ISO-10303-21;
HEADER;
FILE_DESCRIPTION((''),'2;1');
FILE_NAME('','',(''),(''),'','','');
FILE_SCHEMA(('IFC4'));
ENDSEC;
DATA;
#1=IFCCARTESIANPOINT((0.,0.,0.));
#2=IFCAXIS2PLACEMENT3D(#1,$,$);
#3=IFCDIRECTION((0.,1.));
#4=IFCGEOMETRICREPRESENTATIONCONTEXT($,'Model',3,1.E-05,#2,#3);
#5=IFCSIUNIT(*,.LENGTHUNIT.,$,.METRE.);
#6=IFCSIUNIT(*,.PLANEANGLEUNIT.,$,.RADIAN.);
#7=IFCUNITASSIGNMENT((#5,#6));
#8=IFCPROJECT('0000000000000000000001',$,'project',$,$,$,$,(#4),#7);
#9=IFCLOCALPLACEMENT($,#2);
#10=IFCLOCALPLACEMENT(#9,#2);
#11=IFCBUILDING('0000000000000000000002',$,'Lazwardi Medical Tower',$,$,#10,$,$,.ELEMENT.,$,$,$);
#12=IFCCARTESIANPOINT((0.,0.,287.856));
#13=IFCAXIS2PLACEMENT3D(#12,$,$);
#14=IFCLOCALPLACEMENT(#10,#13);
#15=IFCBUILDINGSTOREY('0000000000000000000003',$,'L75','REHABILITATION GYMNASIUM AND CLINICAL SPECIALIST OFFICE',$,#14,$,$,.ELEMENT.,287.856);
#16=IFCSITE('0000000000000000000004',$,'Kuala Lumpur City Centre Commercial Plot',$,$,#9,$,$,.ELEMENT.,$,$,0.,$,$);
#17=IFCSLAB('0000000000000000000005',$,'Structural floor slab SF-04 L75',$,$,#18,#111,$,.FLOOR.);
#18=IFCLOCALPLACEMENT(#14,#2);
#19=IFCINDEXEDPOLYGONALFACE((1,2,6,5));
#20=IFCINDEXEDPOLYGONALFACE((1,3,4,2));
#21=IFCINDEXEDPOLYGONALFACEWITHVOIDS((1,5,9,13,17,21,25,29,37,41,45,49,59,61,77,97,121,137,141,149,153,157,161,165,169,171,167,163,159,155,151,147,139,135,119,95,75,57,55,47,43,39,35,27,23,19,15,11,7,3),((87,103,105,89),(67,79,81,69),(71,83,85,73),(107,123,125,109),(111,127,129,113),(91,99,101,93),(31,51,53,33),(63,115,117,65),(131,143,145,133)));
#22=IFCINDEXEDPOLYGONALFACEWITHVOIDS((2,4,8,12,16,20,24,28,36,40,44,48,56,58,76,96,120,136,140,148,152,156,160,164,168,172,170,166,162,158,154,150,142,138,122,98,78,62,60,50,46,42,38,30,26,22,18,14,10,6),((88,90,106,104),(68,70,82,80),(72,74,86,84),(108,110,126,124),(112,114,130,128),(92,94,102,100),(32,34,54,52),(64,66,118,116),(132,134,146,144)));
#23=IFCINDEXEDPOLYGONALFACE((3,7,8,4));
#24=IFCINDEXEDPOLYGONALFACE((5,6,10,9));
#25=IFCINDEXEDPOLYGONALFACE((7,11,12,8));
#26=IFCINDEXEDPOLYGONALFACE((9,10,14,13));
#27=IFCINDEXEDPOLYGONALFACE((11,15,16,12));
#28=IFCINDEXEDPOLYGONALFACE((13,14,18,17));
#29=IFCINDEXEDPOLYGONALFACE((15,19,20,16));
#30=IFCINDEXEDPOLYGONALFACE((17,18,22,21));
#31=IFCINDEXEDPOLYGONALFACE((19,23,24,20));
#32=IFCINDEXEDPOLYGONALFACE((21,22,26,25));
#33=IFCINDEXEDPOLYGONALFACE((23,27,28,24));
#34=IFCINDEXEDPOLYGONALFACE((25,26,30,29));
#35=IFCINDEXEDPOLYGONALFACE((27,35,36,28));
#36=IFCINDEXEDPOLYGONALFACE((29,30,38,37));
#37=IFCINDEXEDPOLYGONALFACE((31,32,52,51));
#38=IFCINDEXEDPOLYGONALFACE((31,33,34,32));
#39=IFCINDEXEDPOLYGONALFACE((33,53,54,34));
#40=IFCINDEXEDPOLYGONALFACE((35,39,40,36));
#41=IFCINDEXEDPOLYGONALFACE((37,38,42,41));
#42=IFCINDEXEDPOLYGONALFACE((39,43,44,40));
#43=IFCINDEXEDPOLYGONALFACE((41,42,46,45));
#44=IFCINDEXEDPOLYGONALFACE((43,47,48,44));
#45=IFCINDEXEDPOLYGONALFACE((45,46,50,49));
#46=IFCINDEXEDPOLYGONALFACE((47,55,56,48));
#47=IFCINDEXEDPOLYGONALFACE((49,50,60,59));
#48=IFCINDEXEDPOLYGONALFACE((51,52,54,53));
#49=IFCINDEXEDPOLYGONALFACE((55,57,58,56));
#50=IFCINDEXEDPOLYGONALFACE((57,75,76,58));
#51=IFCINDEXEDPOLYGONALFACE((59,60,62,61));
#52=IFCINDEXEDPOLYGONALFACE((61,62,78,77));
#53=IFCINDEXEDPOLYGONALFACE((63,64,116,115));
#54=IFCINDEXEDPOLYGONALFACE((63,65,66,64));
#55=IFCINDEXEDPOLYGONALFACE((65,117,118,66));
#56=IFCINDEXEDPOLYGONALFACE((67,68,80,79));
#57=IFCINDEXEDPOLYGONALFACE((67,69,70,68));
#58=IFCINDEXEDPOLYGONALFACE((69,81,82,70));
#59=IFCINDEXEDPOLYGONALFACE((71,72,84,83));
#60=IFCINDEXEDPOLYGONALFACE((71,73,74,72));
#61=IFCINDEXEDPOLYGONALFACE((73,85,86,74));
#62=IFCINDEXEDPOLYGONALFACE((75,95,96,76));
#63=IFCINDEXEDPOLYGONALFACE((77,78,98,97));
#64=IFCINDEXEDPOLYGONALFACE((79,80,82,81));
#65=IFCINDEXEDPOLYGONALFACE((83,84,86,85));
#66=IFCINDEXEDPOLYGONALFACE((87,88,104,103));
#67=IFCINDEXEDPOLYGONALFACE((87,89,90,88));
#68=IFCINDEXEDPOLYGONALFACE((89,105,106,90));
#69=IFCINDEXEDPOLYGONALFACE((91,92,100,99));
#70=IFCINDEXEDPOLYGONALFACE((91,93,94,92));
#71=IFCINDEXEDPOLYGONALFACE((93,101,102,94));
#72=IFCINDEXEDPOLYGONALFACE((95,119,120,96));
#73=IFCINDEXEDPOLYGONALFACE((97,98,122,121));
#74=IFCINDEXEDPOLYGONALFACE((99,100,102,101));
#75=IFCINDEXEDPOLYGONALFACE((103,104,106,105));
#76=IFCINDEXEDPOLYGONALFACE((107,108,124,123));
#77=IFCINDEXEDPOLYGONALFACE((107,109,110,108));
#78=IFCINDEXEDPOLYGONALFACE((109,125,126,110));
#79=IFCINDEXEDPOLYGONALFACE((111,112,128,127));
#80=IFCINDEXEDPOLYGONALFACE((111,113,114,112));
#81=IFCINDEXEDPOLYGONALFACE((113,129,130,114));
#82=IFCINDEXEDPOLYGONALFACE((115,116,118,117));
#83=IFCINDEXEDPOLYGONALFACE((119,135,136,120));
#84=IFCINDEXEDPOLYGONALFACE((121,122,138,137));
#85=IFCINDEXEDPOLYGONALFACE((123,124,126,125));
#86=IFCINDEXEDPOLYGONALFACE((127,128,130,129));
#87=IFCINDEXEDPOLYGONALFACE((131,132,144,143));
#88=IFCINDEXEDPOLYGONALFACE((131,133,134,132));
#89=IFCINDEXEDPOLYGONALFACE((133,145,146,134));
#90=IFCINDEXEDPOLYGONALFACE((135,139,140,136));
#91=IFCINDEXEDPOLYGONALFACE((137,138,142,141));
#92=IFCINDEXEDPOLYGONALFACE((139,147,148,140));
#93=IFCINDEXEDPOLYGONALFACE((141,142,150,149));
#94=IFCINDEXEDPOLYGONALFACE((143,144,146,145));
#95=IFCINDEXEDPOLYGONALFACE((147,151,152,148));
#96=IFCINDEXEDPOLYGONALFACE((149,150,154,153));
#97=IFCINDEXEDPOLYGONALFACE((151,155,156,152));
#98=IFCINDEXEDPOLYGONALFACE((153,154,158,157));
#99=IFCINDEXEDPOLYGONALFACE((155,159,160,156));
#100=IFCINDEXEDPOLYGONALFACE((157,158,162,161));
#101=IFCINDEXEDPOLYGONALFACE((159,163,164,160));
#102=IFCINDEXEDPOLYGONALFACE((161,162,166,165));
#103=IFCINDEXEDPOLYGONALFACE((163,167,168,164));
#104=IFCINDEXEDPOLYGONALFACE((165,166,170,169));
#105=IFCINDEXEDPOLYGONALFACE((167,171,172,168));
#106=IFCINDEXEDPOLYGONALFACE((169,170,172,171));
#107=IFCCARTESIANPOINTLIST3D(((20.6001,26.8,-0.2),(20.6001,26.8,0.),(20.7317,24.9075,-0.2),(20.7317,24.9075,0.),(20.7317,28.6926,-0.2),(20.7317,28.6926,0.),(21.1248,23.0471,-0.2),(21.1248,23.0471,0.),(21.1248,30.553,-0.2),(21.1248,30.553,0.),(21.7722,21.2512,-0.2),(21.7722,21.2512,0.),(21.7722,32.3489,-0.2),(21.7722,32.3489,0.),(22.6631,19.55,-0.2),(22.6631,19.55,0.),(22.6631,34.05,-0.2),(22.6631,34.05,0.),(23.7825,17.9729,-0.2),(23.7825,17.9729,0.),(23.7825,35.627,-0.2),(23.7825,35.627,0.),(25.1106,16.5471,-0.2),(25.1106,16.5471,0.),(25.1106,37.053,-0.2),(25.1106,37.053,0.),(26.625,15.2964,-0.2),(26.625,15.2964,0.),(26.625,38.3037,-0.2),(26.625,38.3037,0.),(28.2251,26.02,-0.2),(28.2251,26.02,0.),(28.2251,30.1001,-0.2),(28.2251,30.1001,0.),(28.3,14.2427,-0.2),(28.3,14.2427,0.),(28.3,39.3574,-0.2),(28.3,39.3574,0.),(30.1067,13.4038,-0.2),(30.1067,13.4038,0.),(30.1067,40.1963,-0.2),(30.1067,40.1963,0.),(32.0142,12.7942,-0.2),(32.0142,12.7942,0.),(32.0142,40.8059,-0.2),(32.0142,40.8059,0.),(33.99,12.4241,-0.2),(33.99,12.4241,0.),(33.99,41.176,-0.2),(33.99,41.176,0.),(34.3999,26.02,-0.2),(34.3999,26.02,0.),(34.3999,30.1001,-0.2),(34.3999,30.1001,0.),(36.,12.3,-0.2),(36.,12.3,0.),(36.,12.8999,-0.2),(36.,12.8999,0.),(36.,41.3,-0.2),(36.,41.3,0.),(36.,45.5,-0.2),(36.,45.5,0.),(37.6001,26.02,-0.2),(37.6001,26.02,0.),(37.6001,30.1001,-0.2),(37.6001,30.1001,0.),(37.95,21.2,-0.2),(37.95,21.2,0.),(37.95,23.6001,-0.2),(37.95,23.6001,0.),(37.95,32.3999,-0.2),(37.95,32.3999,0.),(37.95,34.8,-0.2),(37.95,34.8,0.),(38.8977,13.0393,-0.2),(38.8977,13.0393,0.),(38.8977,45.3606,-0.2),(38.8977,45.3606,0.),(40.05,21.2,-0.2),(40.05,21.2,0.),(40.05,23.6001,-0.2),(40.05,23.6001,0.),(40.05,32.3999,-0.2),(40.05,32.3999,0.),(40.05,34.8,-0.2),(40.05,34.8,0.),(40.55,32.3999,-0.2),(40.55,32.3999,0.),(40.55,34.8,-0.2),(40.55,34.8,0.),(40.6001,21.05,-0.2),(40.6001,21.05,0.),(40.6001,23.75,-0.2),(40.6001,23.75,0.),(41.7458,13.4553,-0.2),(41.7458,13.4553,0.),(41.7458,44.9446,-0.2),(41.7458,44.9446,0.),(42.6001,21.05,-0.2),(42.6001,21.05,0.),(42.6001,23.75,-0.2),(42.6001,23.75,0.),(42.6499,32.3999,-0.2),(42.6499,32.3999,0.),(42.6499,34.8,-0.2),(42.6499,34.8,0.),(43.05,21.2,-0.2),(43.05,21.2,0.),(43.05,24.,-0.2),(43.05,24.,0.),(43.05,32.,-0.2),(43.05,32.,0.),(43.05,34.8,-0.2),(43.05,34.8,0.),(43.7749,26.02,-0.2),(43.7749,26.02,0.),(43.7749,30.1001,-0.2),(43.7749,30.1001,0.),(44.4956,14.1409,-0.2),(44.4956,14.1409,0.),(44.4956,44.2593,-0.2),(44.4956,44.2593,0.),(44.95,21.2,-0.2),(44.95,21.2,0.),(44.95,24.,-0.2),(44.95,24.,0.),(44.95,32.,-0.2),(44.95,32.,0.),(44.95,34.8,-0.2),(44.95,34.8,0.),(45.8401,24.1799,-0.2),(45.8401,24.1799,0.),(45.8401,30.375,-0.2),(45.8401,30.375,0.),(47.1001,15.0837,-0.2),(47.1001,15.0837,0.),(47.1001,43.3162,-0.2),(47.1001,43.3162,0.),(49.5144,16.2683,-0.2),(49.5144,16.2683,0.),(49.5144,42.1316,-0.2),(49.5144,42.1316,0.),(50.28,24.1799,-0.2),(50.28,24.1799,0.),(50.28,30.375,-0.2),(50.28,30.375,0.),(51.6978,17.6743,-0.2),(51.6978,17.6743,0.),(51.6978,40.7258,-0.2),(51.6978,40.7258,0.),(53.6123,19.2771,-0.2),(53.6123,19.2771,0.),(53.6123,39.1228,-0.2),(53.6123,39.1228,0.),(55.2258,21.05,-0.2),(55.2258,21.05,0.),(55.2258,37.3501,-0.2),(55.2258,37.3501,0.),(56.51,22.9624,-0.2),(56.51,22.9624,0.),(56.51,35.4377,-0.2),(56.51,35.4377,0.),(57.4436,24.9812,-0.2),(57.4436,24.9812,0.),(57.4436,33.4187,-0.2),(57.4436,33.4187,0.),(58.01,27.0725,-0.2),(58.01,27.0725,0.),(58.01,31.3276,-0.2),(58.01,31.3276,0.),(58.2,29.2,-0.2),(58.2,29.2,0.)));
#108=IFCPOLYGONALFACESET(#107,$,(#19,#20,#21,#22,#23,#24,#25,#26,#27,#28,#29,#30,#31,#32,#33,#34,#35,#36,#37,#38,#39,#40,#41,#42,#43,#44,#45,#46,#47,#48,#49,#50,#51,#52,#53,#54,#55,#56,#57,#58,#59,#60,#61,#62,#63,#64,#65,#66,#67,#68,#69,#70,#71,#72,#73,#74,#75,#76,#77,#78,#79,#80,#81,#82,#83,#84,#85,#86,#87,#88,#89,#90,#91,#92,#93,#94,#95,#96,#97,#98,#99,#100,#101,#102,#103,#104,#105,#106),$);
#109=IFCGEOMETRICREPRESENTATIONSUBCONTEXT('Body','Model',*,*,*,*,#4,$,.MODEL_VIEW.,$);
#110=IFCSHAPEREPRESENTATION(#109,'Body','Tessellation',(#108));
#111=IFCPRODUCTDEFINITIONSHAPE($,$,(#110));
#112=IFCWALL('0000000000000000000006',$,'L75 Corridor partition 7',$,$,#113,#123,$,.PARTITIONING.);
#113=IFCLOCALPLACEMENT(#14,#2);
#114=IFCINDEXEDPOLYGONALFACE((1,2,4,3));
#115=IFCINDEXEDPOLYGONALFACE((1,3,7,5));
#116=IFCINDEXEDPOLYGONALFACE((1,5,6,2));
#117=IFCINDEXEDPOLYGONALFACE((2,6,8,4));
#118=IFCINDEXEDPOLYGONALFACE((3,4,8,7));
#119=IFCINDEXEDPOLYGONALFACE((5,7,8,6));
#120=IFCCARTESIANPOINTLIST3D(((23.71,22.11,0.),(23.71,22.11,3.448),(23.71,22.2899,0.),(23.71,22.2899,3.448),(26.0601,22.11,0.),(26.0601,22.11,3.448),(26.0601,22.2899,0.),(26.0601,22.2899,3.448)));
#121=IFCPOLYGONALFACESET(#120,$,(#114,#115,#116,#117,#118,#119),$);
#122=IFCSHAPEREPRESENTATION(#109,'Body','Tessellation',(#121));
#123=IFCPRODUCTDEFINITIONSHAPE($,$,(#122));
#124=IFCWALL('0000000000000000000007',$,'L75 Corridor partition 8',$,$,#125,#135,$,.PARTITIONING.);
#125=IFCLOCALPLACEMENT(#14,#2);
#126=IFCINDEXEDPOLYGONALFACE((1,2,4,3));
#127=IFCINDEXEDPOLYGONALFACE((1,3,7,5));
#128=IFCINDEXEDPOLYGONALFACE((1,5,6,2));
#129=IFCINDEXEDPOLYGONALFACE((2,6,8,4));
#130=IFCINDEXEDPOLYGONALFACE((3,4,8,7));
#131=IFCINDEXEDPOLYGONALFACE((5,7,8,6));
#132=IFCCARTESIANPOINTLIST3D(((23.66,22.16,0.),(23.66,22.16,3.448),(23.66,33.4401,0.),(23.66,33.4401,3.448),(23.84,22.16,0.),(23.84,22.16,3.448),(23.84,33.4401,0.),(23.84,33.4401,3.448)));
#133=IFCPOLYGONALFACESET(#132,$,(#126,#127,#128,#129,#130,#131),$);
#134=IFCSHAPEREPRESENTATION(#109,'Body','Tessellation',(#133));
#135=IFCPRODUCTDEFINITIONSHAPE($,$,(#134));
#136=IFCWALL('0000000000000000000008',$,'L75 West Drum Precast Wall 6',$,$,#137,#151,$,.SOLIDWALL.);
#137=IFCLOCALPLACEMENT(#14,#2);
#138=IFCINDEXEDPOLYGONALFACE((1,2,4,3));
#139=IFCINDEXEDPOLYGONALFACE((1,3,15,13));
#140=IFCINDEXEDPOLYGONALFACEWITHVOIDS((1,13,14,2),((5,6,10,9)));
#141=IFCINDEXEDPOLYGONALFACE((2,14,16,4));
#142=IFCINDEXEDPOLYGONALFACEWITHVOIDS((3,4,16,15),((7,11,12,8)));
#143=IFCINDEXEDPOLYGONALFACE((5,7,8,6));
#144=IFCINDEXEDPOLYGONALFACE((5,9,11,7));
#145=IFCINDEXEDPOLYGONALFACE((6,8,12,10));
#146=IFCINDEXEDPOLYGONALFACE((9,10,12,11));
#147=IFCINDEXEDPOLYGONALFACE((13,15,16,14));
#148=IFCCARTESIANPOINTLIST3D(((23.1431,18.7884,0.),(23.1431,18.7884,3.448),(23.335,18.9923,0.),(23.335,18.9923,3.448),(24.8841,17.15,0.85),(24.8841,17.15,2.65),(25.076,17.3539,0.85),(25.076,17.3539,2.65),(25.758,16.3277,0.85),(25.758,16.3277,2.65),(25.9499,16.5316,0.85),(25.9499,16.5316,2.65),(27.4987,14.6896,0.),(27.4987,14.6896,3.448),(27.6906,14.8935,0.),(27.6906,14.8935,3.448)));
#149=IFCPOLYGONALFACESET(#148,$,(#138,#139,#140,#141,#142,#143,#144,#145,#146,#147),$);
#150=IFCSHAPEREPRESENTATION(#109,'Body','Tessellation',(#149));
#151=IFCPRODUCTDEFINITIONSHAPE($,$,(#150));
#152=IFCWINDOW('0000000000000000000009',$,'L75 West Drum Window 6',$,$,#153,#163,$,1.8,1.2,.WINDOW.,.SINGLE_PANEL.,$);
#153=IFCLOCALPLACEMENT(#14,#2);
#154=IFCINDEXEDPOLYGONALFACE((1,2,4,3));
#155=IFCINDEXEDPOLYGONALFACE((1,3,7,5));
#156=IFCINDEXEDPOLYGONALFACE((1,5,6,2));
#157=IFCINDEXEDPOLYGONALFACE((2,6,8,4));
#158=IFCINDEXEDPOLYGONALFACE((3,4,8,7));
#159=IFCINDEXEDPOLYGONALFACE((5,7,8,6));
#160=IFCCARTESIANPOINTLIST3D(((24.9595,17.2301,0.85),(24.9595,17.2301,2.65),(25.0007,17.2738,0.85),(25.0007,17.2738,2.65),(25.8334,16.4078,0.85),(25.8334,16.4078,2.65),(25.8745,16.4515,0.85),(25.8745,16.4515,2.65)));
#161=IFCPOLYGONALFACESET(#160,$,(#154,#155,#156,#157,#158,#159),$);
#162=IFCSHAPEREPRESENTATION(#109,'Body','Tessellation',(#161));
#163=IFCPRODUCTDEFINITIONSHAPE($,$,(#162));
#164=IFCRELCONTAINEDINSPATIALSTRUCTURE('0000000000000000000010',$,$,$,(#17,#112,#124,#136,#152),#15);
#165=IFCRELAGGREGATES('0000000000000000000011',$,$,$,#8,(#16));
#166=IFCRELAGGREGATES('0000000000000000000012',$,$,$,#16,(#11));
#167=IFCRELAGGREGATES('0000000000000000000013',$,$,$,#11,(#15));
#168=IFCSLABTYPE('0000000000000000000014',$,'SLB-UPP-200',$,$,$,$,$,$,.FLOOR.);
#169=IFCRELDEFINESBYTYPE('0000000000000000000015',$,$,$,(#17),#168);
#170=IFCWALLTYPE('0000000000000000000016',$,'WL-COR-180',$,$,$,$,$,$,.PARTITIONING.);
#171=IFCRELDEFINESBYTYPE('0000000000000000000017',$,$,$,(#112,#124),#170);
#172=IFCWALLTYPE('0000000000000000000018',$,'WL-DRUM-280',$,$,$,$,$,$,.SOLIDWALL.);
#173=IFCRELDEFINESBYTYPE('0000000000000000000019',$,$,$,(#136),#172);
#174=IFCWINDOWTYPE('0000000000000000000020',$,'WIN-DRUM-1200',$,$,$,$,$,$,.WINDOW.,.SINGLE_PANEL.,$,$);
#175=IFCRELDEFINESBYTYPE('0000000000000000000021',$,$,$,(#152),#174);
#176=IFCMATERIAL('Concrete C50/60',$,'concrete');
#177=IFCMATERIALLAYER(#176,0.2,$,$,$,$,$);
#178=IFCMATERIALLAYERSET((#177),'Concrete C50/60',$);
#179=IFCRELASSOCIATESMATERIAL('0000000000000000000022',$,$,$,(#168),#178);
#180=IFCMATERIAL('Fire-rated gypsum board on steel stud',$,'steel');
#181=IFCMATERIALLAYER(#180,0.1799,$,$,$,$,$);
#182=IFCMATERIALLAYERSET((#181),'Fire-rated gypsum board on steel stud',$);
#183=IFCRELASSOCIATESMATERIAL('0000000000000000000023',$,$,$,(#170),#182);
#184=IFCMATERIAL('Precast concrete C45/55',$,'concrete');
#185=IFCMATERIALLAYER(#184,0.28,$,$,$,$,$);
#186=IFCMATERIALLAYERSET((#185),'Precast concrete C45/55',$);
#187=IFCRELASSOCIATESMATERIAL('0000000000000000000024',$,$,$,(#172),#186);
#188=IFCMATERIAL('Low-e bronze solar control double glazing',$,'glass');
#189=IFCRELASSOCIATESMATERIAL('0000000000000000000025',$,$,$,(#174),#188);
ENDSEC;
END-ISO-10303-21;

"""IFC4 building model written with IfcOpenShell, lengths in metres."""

from ifc_helpers import new_model, si_unit, direction, frame, frame_2d, origin, place, context, subcontext, project, spatial, polyline, rectangle, outline, extrude, material, layer, layer_set, type_object, element, fill, save


model = new_model("IFC4")

# Units and contexts
model_context = context("Model", 3, precision=1e-05, world=origin(), true_north=direction((0.0, 1.0)))
body_context = subcontext(model_context, "Body", "Model", "MODEL_VIEW")
ifc_project = project(units=[si_unit("LENGTHUNIT", "METRE"), si_unit("PLANEANGLEUNIT", "RADIAN")], contexts=[model_context])

# Site, building, storey
site_placement = place(None, origin())
site = spatial("IfcSite", under=ifc_project, at=site_placement, Name="Kuala Lumpur City Centre Commercial Plot", CompositionType="ELEMENT", RefElevation=0.0)
building_placement = place(site_placement, origin())
building = spatial("IfcBuilding", under=site, at=building_placement, Name="Lazwardi Medical Tower", CompositionType="ELEMENT")
storey_placement = place(building_placement, frame((0.0, 0.0, 287.856)))
storey = spatial("IfcBuildingStorey", under=building, at=storey_placement, Name="L75", Description="REHABILITATION GYMNASIUM AND CLINICAL SPECIALIST OFFICE", CompositionType="ELEMENT", Elevation=287.856)

# Slab
ifc_material_1 = material(Name="Concrete C50/60", Category="concrete")
ifc_layer_1 = layer(ifc_material_1, 0.2)
ifc_layer_set_1 = layer_set([ifc_layer_1], Name="Concrete C50/60")
slab_type_1 = type_object("IfcSlabType", Name="SLB-UPP-200", PredefinedType="FLOOR", material=ifc_layer_set_1)
slab_1_placement = place(storey_placement, frame((0.0, 0.0, -0.2)))
element("IfcSlab", 1, at=slab_1_placement, inside=storey, type_object=slab_type_1, Name="Structural floor slab SF-04 L75", PredefinedType="FLOOR", context=body_context, shape_type="SweptSolid", body=[
    extrude(outline(polyline([(23.7825, 17.9729), (25.1106, 16.5471), (26.625, 15.2964), (28.3, 14.2427), (30.1067, 13.4038), (32.0142, 12.7942), (33.99, 12.4241), (36.0, 12.3), (36.0, 12.8999), (38.8977, 13.0393), (41.7458, 13.4553), (44.4956, 14.1409), (47.1001, 15.0837), (49.5144, 16.2683), (51.6978, 17.6743), (53.6123, 19.2771), (55.2258, 21.05), (56.51, 22.9624), (57.4436, 24.9812), (58.01, 27.0725), (58.2, 29.2), (58.01, 31.3276), (57.4436, 33.4187), (56.51, 35.4377), (55.2258, 37.3501), (53.6123, 39.1228), (51.6978, 40.7258), (49.5144, 42.1316), (47.1001, 43.3162), (44.4956, 44.2593), (41.7458, 44.9446), (38.8977, 45.3606), (36.0, 45.5), (36.0, 41.3), (33.99, 41.176), (32.0142, 40.8059), (30.1067, 40.1963), (28.3, 39.3574), (26.625, 38.3037), (25.1106, 37.053), (23.7825, 35.627), (22.6631, 34.05), (21.7722, 32.3489), (21.1248, 30.553), (20.7317, 28.6926), (20.6001, 26.8), (20.7317, 24.9075), (21.1248, 23.0471), (21.7722, 21.2512), (22.6631, 19.55), (23.7825, 17.9729)]), holes=[polyline([(28.2251, 26.02), (28.2251, 30.1001), (34.3999, 30.1001), (34.3999, 26.02), (28.2251, 26.02)]), polyline([(37.6001, 30.1001), (43.7749, 30.1001), (43.7749, 26.02), (37.6001, 26.02), (37.6001, 30.1001)]), polyline([(50.28, 30.375), (50.28, 24.1799), (45.8401, 24.1799), (45.8401, 30.375), (50.28, 30.375)]), polyline([(40.05, 32.3999), (37.95, 32.3999), (37.95, 34.8), (40.05, 34.8), (40.05, 32.3999)]), polyline([(40.55, 32.3999), (40.55, 34.8), (42.6499, 34.8), (42.6499, 32.3999), (40.55, 32.3999)]), polyline([(37.95, 23.6001), (40.05, 23.6001), (40.05, 21.2), (37.95, 21.2), (37.95, 23.6001)]), polyline([(44.95, 34.8), (44.95, 32.0), (43.05, 32.0), (43.05, 34.8), (44.95, 34.8)]), polyline([(44.95, 21.2), (43.05, 21.2), (43.05, 24.0), (44.95, 24.0), (44.95, 21.2)]), polyline([(40.6001, 21.05), (40.6001, 23.75), (42.6001, 23.75), (42.6001, 21.05), (40.6001, 21.05)])]), origin(), (0.0, 0.0, 1.0), 0.2),
])

# Walls
ifc_material_2 = material(Name="Fire-rated gypsum board on steel stud", Category="steel")
ifc_layer_2 = layer(ifc_material_2, 0.1799)
ifc_layer_set_2 = layer_set([ifc_layer_2], Name="Fire-rated gypsum board on steel stud")
wall_type_1 = type_object("IfcWallType", Name="WL-COR-180", PredefinedType="PARTITIONING", material=ifc_layer_set_2)
wall_1_placement = place(storey_placement, frame((26.0601, 22.2, 0.0), z_axis=(0.0, 0.0, 1.0), x_axis=(-1.0, 0.0, 0.0)))
element("IfcWall", 2, at=wall_1_placement, inside=storey, type_object=wall_type_1, Name="L75 Corridor partition 7", PredefinedType="PARTITIONING", context=body_context, shape_type="SweptSolid", body=[
    extrude(rectangle(XDim=2.3501, YDim=0.1799, at=frame_2d((1.175, 0.0))), origin(), (0.0, 0.0, 1.0), 3.448),
])
wall_2_placement = place(storey_placement, frame((23.75, 22.1599, 0.0), z_axis=(0.0, 0.0, 1.0), x_axis=(0.0, 1.0, 0.0)))
element("IfcWall", 3, at=wall_2_placement, inside=storey, type_object=wall_type_1, Name="L75 Corridor partition 8", PredefinedType="PARTITIONING", context=body_context, shape_type="SweptSolid", body=[
    extrude(rectangle(XDim=11.28, YDim=0.1799, at=frame_2d((5.6401, 0.0))), origin(), (0.0, 0.0, 1.0), 3.448),
])

# Wall, opening, window
ifc_material_3 = material(Name="Precast concrete C45/55", Category="concrete")
ifc_layer_3 = layer(ifc_material_3, 0.28)
ifc_layer_set_3 = layer_set([ifc_layer_3], Name="Precast concrete C45/55")
wall_type_2 = type_object("IfcWallType", Name="WL-DRUM-280", PredefinedType="SOLIDWALL", material=ifc_layer_set_3)
wall_3_placement = place(storey_placement, frame((23.239, 18.8904, 0.0), z_axis=(0.0, 0.0, 1.0), x_axis=(0.728252, -0.68531, 0.0)))
wall_3 = element("IfcWall", 4, at=wall_3_placement, inside=storey, type_object=wall_type_2, Name="L75 West Drum Precast Wall 6", PredefinedType="SOLIDWALL", context=body_context, shape_type="SweptSolid", body=[
    extrude(rectangle(XDim=5.981, YDim=0.28, at=frame_2d((2.9905, 0.0))), origin(), (0.0, 0.0, 1.0), 3.448),
])
opening_placement = place(wall_3_placement, frame((2.3906, 0.0, 0.8501)))
opening = element("IfcOpeningElement", 5, at=opening_placement, cuts=wall_3, PredefinedType="OPENING", context=body_context, shape_type="SweptSolid", body=[
    extrude(rectangle(XDim=1.2, YDim=1.8, at=frame_2d((0.6001, 0.8999))), frame((0.0, 0.1499, 0.0), z_axis=(0.0, -1.0, 0.0), x_axis=(1.0, 0.0, 0.0)), (0.0, 0.0, 1.0), 0.3),
])
ifc_material_4 = material(Name="Low-e bronze solar control double glazing", Category="glass")
window_type = type_object("IfcWindowType", Name="WIN-DRUM-1200", PartitioningType="SINGLE_PANEL", PredefinedType="WINDOW", material=ifc_material_4)
window_placement = place(opening_placement, origin())
window = element("IfcWindow", 6, at=window_placement, inside=storey, type_object=window_type, Name="L75 West Drum Window 6", OverallHeight=1.8, OverallWidth=1.2, PartitioningType="SINGLE_PANEL", PredefinedType="WINDOW", context=body_context, shape_type="SweptSolid", body=[
    extrude(rectangle(XDim=1.2, YDim=1.8, at=frame_2d((0.6001, 0.8999))), frame((0.0, 0.03, 0.0), z_axis=(0.0, -1.0, 0.0), x_axis=(1.0, 0.0, 0.0)), (0.0, 0.0, 1.0), 0.0601),
])
fill(opening, window)

save(model, "model.ifc")
